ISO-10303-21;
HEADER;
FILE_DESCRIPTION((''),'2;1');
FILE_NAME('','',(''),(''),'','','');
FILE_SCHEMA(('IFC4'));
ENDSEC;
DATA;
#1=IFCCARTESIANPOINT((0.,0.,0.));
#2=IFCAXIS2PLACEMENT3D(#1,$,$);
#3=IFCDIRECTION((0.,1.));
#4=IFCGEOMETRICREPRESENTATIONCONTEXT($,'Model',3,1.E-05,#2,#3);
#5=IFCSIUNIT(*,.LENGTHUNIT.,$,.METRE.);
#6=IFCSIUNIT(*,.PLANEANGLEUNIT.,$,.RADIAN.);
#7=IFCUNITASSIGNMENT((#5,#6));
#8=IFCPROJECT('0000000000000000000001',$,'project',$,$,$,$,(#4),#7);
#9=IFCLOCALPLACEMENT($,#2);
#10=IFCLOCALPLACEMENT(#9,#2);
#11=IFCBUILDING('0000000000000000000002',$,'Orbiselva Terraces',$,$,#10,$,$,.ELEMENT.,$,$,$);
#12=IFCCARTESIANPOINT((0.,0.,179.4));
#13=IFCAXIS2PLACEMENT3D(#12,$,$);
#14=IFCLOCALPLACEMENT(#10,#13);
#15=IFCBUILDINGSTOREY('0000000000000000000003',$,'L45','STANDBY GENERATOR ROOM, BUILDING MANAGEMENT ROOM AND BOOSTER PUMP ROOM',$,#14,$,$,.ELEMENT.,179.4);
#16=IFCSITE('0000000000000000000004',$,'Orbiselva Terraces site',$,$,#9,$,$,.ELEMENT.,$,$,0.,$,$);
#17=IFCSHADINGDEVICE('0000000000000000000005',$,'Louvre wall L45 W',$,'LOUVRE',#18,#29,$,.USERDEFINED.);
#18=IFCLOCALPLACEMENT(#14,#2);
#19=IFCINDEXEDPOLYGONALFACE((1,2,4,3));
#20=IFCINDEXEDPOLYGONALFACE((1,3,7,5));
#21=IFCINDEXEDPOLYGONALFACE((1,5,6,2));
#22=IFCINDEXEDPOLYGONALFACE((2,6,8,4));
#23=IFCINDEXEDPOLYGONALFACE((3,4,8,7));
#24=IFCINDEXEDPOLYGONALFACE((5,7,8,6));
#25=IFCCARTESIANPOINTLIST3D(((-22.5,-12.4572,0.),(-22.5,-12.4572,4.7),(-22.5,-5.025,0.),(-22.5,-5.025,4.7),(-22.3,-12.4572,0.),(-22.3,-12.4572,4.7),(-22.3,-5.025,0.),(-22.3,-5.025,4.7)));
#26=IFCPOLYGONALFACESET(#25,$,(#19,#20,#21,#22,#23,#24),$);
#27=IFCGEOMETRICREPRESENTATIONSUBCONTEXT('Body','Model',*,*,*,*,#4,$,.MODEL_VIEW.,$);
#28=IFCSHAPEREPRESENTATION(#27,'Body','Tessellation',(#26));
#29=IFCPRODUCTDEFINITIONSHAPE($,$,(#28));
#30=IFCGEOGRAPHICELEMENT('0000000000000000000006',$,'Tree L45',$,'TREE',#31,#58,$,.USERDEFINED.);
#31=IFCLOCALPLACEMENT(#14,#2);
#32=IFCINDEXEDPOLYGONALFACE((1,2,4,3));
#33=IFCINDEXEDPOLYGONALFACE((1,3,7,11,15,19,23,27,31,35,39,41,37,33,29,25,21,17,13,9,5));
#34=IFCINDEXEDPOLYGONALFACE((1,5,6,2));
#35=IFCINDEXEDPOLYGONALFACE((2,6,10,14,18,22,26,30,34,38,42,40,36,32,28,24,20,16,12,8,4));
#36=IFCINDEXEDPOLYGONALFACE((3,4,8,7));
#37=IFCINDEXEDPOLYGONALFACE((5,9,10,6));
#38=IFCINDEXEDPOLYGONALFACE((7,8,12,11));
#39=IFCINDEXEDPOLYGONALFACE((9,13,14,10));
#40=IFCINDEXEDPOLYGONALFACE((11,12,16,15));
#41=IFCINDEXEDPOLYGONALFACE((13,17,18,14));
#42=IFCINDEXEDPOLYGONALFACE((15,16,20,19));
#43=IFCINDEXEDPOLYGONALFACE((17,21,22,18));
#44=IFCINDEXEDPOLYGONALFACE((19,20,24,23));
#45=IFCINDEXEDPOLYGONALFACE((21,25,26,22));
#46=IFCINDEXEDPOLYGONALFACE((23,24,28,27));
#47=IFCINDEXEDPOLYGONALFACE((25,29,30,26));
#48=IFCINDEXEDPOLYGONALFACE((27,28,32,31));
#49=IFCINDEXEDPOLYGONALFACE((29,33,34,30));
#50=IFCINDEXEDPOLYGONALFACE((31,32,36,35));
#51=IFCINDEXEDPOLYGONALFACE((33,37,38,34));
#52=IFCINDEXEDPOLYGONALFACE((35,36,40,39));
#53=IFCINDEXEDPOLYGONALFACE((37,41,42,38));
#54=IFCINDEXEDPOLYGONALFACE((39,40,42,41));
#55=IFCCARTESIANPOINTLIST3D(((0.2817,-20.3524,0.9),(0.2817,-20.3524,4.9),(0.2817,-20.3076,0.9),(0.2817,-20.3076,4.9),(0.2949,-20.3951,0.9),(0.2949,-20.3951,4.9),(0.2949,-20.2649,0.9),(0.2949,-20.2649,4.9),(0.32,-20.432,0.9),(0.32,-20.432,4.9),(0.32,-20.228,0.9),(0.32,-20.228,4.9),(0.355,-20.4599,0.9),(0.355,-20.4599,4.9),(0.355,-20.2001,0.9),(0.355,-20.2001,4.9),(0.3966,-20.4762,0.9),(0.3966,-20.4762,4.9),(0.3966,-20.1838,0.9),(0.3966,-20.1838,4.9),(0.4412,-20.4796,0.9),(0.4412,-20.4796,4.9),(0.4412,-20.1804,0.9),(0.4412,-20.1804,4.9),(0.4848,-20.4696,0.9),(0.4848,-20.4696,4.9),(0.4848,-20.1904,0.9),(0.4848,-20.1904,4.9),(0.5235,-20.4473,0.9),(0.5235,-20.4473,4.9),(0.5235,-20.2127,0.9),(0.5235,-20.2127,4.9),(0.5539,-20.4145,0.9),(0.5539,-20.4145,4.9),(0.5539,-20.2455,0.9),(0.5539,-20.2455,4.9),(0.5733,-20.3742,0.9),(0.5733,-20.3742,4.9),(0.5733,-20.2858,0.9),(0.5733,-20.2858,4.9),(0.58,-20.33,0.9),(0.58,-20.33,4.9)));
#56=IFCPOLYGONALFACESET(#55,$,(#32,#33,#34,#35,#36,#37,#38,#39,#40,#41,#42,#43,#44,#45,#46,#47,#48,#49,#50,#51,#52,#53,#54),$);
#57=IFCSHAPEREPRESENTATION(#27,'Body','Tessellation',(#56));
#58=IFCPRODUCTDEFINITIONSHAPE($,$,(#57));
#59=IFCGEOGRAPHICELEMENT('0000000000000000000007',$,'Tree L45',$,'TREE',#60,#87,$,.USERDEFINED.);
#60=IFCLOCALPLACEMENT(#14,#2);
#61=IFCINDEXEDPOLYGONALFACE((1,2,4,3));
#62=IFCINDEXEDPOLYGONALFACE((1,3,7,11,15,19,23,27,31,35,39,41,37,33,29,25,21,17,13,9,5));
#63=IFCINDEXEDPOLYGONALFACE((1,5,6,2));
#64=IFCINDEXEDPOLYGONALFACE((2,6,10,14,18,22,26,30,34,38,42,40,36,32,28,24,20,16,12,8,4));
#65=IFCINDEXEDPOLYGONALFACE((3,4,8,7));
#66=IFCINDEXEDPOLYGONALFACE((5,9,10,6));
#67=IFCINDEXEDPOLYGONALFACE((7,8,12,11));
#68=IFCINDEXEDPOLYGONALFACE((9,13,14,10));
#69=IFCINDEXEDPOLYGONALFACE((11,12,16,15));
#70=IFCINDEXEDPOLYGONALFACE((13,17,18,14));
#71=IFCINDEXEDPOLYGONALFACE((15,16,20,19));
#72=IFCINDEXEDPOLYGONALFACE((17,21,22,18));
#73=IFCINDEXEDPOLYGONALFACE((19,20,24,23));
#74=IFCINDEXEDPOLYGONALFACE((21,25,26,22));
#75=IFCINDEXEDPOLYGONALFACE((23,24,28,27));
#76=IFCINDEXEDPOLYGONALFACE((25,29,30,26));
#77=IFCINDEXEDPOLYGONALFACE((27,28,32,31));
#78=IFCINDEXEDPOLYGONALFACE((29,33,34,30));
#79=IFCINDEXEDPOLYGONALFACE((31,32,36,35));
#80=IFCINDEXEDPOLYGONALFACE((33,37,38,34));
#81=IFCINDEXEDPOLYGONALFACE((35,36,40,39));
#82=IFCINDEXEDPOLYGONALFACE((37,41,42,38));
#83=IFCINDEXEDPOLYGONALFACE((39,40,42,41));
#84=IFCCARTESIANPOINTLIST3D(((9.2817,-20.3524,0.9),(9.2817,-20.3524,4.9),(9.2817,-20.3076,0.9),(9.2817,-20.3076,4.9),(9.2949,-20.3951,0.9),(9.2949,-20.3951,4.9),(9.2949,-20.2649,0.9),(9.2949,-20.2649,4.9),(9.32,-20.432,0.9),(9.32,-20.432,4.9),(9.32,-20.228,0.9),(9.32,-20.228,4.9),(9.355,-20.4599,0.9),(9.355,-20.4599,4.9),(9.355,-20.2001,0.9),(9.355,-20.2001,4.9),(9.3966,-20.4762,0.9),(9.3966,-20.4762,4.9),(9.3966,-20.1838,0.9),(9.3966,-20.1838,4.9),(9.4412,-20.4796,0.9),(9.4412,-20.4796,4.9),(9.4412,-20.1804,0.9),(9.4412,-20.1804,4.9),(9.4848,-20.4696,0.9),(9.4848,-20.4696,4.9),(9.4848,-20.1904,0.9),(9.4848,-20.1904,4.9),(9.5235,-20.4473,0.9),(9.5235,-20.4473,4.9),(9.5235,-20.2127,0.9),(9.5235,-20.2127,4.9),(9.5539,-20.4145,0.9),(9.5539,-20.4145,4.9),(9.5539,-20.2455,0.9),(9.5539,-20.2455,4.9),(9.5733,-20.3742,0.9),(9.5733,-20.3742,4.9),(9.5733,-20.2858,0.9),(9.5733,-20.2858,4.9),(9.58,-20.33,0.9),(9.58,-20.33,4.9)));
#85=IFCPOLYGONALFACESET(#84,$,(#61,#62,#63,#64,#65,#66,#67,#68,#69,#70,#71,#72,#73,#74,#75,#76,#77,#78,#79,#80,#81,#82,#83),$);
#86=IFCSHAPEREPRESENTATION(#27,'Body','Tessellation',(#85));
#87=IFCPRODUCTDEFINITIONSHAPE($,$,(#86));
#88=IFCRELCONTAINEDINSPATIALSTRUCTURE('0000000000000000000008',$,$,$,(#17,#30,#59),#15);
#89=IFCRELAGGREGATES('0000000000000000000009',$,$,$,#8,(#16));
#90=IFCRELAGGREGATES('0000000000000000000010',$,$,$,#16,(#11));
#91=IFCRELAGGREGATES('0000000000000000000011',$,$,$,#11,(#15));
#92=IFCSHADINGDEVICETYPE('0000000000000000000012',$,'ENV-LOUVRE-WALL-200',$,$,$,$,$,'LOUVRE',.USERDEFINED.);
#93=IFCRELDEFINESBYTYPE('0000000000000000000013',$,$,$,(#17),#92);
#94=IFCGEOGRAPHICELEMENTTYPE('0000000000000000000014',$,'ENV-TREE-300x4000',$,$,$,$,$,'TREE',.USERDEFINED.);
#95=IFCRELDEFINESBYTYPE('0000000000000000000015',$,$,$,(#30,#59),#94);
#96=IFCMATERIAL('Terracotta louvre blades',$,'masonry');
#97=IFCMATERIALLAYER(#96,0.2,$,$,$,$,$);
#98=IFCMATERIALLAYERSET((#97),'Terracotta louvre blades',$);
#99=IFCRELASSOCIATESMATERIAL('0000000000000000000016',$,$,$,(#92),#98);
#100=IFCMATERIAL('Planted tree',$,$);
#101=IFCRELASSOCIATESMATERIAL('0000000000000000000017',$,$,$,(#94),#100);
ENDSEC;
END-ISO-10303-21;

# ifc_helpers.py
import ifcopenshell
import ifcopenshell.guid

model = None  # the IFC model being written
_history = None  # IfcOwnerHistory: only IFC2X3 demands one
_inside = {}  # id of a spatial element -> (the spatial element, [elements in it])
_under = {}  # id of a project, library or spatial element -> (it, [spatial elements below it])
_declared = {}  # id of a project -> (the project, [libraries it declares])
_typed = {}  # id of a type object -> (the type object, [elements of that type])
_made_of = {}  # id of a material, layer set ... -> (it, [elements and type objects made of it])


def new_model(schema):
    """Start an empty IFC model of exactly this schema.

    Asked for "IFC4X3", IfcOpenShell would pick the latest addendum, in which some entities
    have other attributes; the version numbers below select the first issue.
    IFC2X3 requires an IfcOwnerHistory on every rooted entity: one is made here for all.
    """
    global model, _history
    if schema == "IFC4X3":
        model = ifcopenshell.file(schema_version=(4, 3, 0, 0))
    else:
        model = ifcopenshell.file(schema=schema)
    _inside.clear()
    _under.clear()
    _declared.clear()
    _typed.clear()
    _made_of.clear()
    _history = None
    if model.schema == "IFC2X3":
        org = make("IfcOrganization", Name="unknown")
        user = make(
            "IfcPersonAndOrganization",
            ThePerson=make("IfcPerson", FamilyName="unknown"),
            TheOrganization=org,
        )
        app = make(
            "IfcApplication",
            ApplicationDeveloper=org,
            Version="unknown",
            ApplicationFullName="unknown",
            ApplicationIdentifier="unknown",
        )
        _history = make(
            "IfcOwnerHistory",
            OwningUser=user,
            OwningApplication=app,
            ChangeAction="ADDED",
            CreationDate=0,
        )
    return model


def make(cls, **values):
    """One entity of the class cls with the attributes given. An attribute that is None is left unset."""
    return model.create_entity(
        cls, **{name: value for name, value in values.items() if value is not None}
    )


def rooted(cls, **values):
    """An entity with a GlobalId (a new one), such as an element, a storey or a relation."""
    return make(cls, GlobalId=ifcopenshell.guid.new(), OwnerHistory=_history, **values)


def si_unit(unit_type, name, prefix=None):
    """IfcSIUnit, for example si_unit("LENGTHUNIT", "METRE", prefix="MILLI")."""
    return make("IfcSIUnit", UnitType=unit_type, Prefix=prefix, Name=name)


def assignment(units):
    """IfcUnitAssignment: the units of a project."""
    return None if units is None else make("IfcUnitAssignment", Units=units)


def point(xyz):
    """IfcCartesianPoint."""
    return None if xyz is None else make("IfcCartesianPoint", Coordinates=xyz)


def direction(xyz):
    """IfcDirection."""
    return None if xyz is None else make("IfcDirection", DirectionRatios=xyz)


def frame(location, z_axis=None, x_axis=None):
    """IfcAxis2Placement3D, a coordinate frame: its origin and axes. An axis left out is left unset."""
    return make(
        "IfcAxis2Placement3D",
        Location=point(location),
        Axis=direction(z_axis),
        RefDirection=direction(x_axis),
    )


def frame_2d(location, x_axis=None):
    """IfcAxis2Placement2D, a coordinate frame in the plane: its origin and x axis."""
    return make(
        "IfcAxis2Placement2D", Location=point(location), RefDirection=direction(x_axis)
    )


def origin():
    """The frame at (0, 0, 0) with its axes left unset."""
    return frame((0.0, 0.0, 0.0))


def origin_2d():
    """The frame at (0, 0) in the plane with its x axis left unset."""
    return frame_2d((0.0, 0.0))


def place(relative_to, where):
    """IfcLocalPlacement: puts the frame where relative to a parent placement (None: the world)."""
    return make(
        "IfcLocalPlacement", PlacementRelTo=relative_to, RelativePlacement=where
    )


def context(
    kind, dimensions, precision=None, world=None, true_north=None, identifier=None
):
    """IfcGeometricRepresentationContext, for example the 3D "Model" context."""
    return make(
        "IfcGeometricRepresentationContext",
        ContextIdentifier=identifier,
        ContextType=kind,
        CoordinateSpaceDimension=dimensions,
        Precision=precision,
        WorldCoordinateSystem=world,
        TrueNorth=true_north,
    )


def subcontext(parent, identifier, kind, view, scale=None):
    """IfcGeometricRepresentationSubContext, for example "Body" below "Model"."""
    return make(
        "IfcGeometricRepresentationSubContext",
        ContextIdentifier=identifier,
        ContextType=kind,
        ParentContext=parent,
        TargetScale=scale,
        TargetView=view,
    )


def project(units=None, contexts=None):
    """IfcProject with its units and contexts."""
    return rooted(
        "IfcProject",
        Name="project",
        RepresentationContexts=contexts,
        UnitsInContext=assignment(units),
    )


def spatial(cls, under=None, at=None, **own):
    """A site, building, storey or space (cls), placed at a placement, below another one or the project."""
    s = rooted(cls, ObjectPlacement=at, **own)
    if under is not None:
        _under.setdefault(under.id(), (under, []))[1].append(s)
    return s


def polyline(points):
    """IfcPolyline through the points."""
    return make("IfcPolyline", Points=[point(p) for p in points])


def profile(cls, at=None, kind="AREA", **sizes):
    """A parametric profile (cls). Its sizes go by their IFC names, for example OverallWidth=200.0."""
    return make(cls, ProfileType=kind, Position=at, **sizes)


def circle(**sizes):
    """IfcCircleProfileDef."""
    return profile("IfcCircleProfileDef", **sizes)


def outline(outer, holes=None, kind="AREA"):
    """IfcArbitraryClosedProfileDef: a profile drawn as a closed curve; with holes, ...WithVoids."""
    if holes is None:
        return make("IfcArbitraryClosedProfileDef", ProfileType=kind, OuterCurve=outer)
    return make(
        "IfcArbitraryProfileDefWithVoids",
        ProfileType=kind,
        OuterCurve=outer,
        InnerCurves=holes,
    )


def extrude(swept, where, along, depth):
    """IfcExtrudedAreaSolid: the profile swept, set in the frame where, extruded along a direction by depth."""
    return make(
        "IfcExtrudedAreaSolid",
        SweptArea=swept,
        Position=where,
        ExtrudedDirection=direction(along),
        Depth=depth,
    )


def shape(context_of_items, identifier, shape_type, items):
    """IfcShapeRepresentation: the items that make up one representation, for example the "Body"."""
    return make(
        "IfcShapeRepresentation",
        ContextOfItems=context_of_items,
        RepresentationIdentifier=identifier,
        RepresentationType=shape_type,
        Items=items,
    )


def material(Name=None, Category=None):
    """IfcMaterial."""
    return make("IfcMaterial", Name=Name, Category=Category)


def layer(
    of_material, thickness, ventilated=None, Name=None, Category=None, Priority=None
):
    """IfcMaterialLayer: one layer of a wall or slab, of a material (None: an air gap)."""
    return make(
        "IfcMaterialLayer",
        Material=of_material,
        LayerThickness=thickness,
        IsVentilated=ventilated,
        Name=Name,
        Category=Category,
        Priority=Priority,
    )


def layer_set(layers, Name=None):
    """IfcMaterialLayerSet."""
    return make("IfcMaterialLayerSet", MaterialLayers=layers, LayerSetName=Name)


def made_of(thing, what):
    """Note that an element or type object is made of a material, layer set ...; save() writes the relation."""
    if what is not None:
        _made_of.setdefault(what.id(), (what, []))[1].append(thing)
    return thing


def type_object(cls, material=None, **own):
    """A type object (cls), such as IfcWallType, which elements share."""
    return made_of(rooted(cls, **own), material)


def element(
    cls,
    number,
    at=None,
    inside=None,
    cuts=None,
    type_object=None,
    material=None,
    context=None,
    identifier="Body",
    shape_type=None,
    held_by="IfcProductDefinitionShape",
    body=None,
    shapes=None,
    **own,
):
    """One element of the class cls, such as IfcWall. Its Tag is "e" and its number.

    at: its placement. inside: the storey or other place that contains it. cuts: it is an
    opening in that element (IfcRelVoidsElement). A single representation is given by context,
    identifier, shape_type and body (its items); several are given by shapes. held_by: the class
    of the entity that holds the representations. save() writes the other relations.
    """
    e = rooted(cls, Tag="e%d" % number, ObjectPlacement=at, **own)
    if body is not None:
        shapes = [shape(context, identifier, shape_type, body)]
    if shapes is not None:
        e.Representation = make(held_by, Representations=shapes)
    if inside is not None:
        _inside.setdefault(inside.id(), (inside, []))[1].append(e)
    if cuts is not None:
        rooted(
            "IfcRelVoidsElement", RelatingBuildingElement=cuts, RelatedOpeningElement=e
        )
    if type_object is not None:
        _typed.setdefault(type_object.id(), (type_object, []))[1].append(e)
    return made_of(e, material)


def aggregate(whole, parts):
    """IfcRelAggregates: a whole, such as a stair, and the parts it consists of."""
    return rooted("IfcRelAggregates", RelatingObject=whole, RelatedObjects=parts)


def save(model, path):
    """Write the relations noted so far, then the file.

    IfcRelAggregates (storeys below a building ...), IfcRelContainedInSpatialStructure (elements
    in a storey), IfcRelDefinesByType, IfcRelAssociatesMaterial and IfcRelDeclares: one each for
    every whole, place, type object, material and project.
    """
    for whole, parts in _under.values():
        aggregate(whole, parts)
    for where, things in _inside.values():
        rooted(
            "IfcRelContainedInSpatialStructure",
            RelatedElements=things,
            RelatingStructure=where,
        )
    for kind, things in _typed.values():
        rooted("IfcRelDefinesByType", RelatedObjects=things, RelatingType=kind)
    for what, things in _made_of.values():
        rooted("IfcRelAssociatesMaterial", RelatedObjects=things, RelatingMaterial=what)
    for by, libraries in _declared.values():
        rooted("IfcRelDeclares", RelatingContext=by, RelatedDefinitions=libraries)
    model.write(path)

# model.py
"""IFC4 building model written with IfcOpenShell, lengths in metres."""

from ifc_helpers import new_model, si_unit, direction, frame, origin, origin_2d, place, context, subcontext, project, spatial, polyline, circle, outline, extrude, material, layer, layer_set, type_object, element, save


model = new_model("IFC4")

# Units and contexts
model_context = context("Model", 3, precision=1e-05, world=origin(), true_north=direction((0.0, 1.0)))
body_context = subcontext(model_context, "Body", "Model", "MODEL_VIEW")
ifc_project = project(units=[si_unit("LENGTHUNIT", "METRE"), si_unit("PLANEANGLEUNIT", "RADIAN")], contexts=[model_context])

# Site, building, storey
site_placement = place(None, origin())
site = spatial("IfcSite", under=ifc_project, at=site_placement, Name="Orbiselva Terraces site", CompositionType="ELEMENT", RefElevation=0.0)
building_placement = place(site_placement, origin())
building = spatial("IfcBuilding", under=site, at=building_placement, Name="Orbiselva Terraces", CompositionType="ELEMENT")
storey_placement = place(building_placement, frame((0.0, 0.0, 179.4)))
storey = spatial("IfcBuildingStorey", under=building, at=storey_placement, Name="L45", Description="STANDBY GENERATOR ROOM, BUILDING MANAGEMENT ROOM AND BOOSTER PUMP ROOM", CompositionType="ELEMENT", Elevation=179.4)

# Shading device
ifc_material_1 = material(Name="Terracotta louvre blades", Category="masonry")
ifc_layer_1 = layer(ifc_material_1, 0.2)
ifc_layer_set_1 = layer_set([ifc_layer_1], Name="Terracotta louvre blades")
shading_device_type = type_object("IfcShadingDeviceType", Name="ENV-LOUVRE-WALL-200", ElementType="LOUVRE", PredefinedType="USERDEFINED", material=ifc_layer_set_1)
shading_device_1_placement = place(storey_placement, origin())
element("IfcShadingDevice", 1, at=shading_device_1_placement, inside=storey, type_object=shading_device_type, Name="Louvre wall L45 W", ObjectType="LOUVRE", PredefinedType="USERDEFINED", context=body_context, shape_type="SweptSolid", body=[
    extrude(outline(polyline([(-22.5, -5.025), (-22.5, -12.4572), (-22.3, -12.4572), (-22.3, -5.025), (-22.5, -5.025)])), origin(), (0.0, 0.0, 1.0), 4.7),
])

# Geographic elements
ifc_material_2 = material(Name="Planted tree")
geographic_element_type = type_object("IfcGeographicElementType", Name="ENV-TREE-300x4000", ElementType="TREE", PredefinedType="USERDEFINED", material=ifc_material_2)
for number, where, z_axis, x_axis, name in (
    (2, (0.43, -20.33, 4.9), (0.0, 0.0, -1.0), (1.0, 0.0, 0.0), "Tree L45"),
    (3, (9.43, -20.33, 4.9), (0.0, 0.0, -1.0), (1.0, 0.0, 0.0), "Tree L45"),
):
    element("IfcGeographicElement", number, at=place(storey_placement, frame(where, z_axis=z_axis, x_axis=x_axis)), inside=storey, type_object=geographic_element_type, Name=name, ObjectType="TREE", PredefinedType="USERDEFINED", context=body_context, shape_type="SweptSolid", body=[
        extrude(circle(Radius=0.15, at=origin_2d()), origin(), (0.0, 0.0, 1.0), 4.0),
    ])

save(model, "model.ifc")
